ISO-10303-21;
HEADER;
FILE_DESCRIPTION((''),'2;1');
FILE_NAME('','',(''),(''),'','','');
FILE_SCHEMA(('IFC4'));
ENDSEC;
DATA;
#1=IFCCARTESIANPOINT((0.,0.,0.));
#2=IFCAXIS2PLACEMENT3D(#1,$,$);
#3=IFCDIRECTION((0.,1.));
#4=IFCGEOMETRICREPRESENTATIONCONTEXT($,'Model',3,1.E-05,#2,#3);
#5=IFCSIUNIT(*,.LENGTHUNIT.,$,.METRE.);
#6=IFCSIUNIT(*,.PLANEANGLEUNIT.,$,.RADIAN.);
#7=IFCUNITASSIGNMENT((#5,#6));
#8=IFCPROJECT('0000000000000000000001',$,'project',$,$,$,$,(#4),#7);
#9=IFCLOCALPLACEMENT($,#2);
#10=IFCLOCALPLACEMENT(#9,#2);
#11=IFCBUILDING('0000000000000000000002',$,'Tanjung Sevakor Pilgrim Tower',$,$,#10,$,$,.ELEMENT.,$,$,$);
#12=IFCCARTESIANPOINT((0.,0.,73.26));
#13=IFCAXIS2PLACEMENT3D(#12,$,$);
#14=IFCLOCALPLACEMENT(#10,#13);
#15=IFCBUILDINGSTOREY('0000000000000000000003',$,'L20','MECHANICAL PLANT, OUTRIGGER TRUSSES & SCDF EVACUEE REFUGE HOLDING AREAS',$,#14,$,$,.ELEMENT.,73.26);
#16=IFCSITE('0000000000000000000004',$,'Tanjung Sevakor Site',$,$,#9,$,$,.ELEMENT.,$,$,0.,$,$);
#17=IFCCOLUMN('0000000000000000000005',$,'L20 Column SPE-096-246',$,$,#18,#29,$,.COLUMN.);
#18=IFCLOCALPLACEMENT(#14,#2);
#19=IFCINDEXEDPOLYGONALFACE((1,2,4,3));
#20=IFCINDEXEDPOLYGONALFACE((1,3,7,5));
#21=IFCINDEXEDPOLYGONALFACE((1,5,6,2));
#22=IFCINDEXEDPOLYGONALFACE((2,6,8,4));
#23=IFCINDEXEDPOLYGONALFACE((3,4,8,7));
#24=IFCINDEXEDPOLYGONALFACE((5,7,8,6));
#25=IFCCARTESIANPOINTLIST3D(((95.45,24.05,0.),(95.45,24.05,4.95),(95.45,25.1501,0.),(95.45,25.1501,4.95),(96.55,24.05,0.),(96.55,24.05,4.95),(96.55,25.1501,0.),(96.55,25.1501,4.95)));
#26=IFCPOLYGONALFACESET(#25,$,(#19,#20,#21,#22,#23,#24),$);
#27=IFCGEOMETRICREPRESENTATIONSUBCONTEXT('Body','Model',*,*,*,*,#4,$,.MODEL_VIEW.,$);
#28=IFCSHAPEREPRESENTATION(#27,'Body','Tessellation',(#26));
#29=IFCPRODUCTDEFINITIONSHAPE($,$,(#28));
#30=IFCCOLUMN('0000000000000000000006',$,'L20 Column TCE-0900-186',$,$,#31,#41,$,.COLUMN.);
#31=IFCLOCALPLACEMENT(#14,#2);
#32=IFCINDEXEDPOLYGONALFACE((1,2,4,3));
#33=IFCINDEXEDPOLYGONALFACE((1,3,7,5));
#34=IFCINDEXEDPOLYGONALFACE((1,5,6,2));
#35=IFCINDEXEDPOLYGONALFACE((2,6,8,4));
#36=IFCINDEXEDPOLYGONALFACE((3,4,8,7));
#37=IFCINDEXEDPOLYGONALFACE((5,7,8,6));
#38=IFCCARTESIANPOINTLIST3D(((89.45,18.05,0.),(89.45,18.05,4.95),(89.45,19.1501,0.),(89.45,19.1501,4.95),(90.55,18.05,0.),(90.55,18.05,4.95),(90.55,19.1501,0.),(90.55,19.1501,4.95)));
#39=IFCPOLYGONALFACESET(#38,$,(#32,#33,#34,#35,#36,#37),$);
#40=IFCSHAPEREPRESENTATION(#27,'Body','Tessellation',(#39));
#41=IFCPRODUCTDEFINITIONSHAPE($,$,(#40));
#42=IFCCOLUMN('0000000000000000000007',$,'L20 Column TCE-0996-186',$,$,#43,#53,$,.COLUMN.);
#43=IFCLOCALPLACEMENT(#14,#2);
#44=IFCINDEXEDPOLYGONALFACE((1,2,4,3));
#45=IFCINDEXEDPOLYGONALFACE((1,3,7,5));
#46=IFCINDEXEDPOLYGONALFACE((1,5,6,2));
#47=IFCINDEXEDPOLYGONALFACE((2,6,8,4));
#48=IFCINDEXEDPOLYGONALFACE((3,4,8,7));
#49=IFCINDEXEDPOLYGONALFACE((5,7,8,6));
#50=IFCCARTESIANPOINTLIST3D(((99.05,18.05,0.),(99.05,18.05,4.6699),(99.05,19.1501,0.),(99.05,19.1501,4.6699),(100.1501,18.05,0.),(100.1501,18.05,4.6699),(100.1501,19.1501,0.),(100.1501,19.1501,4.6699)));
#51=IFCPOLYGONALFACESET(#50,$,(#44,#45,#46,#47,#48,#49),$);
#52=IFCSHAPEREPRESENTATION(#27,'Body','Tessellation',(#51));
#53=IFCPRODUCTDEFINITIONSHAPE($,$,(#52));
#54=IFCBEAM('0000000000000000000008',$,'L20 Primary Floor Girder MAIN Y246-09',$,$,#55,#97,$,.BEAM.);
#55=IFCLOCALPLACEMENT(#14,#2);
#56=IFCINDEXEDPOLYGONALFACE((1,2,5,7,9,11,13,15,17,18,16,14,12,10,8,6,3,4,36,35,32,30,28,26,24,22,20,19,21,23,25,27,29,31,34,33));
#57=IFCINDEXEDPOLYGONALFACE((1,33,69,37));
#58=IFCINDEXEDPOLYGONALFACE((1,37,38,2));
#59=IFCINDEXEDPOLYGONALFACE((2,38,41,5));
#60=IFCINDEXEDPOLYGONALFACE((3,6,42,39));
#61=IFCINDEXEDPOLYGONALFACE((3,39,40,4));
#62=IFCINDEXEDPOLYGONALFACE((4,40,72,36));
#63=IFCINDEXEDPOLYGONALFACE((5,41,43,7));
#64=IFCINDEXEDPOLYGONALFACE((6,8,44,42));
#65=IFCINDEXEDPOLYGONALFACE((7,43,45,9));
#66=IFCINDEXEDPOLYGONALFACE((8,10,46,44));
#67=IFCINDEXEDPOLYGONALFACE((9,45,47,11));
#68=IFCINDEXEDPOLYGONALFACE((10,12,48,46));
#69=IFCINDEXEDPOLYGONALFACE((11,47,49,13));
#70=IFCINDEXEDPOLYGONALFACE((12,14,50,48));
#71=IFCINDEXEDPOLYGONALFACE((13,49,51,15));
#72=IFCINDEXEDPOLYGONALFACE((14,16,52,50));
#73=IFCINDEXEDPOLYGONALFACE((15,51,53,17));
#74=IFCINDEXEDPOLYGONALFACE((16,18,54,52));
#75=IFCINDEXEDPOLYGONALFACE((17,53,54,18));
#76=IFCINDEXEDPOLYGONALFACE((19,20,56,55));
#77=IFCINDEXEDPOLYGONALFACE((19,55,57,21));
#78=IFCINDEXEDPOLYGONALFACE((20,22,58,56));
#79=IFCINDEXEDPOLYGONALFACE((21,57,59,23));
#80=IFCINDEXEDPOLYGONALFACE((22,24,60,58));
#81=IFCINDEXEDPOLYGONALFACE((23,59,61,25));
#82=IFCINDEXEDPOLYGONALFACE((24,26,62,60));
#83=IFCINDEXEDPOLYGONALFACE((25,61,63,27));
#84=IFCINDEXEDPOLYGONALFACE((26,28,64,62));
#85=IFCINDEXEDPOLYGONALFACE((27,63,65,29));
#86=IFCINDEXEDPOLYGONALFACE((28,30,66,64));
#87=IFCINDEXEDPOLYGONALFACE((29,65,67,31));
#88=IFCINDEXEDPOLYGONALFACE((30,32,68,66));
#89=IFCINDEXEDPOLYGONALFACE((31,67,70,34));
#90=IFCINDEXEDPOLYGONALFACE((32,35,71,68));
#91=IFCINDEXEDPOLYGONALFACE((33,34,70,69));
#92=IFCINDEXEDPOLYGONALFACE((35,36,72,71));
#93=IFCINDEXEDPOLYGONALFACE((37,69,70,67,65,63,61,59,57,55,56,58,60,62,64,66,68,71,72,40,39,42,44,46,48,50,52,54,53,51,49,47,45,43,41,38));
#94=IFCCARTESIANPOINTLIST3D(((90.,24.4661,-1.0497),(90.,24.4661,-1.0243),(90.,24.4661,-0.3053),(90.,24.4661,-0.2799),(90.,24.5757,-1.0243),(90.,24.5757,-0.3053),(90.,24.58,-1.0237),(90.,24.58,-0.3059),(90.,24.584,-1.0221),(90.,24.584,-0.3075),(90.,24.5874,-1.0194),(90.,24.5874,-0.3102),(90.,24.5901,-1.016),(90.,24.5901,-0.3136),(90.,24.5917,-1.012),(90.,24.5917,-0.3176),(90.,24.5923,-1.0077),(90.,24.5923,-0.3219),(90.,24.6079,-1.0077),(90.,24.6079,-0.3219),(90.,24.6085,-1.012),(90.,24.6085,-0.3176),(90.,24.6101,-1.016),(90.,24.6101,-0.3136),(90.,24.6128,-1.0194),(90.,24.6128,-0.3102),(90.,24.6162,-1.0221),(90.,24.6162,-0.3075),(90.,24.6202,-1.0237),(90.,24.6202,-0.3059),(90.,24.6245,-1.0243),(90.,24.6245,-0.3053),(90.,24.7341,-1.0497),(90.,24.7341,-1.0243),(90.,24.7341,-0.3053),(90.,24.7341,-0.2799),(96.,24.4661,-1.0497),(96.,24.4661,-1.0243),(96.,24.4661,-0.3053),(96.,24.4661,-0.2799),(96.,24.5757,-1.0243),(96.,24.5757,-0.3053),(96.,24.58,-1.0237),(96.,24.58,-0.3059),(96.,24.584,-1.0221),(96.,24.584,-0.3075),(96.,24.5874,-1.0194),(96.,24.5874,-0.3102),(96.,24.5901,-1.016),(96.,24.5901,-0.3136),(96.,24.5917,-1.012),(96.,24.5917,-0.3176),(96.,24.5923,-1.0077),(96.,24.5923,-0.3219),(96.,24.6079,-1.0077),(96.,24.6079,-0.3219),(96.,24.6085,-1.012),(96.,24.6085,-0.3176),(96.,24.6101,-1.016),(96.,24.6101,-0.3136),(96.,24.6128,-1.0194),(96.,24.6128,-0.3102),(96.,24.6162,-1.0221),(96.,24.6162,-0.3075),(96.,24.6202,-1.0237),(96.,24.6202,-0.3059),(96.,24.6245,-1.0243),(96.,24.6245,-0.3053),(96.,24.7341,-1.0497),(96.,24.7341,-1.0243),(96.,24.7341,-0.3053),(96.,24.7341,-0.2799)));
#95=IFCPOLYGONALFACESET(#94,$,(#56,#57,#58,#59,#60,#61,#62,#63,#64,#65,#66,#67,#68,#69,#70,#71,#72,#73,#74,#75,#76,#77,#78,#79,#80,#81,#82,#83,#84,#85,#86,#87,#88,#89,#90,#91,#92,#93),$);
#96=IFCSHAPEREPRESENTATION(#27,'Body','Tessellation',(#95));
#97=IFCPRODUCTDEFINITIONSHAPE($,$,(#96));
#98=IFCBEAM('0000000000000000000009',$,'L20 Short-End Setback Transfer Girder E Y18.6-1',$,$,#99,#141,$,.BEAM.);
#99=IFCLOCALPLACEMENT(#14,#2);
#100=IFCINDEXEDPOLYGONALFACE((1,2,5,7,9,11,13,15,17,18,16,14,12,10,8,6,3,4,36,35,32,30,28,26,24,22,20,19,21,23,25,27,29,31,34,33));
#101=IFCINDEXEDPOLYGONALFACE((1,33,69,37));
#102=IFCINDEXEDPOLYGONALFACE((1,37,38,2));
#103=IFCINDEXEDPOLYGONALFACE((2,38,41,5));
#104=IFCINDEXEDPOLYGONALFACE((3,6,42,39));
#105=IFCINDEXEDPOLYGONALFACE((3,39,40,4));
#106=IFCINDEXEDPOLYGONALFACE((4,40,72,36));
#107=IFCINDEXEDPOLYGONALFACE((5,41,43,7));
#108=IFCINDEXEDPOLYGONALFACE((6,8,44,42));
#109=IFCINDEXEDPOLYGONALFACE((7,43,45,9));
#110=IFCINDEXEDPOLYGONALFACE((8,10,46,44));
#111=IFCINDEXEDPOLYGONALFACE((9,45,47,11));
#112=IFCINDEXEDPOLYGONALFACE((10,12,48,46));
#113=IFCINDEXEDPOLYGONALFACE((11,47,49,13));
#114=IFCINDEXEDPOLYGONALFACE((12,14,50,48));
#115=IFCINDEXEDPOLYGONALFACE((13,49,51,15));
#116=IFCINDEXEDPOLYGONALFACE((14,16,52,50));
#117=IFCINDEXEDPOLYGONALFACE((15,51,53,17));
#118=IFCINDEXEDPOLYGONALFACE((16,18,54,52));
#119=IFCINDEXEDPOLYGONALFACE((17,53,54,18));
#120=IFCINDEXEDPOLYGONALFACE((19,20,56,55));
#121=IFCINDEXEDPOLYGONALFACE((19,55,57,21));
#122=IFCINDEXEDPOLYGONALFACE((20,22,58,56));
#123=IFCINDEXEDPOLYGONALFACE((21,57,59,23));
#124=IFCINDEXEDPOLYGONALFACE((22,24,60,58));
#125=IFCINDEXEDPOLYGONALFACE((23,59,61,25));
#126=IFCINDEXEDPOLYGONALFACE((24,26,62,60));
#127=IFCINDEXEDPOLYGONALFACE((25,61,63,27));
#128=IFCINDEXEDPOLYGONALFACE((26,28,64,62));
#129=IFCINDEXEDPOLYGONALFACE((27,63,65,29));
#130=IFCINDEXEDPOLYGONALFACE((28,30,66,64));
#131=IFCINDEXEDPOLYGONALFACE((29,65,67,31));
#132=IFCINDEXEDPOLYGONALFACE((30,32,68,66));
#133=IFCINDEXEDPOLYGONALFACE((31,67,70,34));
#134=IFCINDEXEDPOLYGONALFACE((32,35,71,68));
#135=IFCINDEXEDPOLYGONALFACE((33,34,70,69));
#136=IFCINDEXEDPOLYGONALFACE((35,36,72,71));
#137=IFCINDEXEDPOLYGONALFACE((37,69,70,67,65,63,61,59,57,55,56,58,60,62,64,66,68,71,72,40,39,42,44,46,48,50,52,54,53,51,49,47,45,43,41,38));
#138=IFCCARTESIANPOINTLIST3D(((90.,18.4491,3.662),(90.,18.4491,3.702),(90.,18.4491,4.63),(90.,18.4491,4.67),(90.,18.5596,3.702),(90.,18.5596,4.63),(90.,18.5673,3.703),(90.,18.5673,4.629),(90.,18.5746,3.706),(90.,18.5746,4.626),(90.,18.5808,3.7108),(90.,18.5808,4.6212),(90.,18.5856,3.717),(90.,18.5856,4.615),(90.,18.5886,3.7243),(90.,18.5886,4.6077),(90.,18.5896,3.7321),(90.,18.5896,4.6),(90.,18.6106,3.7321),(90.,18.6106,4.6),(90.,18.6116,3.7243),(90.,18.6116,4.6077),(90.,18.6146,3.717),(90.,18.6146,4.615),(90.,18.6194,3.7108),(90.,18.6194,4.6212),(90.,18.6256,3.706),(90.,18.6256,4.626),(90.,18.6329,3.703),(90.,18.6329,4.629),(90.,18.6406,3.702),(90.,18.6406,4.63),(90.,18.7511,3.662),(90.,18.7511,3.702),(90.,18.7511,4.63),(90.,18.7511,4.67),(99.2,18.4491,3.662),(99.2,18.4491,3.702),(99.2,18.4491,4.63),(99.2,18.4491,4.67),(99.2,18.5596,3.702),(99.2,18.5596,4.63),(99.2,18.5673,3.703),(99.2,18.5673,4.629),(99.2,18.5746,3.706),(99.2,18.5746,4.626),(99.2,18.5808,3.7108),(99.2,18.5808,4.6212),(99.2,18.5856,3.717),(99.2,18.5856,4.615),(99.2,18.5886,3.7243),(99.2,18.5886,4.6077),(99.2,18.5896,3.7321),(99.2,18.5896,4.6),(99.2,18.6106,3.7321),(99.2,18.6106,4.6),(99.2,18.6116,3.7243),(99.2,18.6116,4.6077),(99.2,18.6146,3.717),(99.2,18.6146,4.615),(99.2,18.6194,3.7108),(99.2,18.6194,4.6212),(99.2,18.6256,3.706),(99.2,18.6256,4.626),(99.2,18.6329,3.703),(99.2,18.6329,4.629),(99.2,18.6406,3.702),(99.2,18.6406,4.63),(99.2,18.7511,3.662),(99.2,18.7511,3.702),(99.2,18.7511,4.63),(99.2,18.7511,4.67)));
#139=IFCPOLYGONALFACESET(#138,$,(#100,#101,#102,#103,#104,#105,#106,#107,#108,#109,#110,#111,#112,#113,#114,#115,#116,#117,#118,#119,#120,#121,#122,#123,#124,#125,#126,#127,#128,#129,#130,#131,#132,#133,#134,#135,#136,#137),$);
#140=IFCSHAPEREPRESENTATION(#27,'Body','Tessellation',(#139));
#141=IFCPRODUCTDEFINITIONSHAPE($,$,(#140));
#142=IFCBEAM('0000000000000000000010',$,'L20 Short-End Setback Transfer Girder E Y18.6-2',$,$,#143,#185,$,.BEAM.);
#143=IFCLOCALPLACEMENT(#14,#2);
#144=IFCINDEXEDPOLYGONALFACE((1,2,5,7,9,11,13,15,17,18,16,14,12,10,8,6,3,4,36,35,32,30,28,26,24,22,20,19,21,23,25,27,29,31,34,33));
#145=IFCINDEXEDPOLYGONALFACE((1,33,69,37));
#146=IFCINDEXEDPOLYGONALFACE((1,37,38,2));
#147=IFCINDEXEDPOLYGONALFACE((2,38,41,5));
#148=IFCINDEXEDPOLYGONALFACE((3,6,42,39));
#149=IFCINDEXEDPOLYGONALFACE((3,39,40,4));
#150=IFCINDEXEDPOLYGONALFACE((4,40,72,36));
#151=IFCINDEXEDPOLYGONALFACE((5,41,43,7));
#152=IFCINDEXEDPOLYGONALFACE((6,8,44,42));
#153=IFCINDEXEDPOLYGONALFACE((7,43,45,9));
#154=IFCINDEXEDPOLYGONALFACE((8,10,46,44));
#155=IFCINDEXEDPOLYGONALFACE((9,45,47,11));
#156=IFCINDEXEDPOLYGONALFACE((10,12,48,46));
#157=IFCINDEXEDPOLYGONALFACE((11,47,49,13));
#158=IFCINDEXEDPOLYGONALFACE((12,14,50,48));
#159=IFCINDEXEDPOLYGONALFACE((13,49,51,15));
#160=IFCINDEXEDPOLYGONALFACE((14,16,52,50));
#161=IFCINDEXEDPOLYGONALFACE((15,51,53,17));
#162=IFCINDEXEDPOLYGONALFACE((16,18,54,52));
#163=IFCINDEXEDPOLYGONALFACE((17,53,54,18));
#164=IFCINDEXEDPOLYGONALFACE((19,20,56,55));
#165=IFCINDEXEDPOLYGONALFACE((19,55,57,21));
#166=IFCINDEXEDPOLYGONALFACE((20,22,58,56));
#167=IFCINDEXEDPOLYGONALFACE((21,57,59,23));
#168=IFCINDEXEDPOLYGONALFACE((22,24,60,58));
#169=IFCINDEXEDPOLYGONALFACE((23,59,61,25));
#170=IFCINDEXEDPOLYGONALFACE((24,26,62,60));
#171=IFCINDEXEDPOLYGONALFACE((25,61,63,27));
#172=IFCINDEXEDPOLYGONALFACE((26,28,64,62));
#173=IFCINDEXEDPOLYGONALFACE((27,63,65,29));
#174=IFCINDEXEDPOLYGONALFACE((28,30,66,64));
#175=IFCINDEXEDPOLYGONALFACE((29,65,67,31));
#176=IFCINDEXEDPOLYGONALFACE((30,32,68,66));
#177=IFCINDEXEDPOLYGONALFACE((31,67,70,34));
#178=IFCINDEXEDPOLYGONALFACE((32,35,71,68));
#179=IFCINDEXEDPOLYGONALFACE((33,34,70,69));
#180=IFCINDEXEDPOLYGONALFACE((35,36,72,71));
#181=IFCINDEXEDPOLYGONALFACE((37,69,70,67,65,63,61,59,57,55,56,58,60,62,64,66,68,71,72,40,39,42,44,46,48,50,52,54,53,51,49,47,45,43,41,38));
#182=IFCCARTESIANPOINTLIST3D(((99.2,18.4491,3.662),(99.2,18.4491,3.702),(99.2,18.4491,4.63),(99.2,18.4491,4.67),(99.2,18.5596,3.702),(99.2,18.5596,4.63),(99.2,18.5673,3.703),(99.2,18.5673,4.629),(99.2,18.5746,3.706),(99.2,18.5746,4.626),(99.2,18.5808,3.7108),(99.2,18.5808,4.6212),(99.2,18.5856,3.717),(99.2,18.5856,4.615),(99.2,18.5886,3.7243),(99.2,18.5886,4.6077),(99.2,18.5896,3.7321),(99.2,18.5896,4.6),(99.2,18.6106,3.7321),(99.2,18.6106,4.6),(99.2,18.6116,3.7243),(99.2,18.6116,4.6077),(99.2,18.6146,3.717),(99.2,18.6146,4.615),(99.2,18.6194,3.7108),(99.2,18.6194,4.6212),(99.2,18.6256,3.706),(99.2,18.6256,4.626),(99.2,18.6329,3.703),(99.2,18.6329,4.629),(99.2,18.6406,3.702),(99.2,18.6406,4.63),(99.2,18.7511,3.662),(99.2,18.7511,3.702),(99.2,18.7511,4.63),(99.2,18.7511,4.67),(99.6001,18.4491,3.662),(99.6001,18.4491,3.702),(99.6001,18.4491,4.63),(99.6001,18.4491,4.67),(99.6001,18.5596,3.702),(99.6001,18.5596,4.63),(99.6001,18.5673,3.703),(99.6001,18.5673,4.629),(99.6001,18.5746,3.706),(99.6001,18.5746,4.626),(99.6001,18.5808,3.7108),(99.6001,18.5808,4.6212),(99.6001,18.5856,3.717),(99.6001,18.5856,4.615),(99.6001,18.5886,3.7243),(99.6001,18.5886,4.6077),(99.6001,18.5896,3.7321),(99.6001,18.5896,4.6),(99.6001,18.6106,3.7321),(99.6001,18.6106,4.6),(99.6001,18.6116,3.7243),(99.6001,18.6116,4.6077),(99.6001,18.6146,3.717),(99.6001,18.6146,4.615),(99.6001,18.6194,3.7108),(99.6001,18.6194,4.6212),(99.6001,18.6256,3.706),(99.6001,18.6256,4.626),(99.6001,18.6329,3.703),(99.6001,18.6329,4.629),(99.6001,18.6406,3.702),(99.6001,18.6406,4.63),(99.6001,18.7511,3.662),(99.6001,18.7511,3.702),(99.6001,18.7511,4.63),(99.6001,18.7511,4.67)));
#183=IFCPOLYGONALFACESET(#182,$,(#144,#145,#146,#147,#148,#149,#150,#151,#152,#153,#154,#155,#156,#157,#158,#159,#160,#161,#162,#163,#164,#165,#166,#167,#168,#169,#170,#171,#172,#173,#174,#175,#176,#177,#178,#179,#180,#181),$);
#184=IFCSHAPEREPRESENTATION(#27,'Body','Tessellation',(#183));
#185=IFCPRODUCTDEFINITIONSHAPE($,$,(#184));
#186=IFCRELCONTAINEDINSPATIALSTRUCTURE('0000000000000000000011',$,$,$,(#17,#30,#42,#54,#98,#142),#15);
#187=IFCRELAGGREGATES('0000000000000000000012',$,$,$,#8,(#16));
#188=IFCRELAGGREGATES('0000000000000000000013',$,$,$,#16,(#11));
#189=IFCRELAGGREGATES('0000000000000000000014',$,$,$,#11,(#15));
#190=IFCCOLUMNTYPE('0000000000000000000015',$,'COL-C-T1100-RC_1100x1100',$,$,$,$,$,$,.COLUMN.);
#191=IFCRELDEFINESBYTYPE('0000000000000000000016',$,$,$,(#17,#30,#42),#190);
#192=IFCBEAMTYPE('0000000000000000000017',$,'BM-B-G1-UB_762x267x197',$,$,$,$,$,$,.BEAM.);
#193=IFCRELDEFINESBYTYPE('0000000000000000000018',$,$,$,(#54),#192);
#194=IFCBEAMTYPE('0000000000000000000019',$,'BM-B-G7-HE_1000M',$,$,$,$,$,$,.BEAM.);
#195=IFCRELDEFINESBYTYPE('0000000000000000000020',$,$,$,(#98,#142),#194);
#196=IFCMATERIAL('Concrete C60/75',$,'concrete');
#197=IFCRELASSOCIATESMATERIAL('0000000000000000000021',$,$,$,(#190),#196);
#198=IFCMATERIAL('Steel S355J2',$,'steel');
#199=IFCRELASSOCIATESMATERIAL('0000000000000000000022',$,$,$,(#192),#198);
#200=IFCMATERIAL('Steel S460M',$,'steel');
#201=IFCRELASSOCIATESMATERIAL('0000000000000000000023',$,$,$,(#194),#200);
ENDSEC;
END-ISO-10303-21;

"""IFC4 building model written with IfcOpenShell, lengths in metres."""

from ifc_helpers import new_model, si_unit, direction, frame, origin, origin_2d, place, context, subcontext, project, spatial, rectangle, i_section, extrude, material, material_profile, profile_set, type_object, element, save


model = new_model("IFC4")

# Units and contexts
model_context = context("Model", 3, precision=1e-05, world=origin(), true_north=direction((0.0, 1.0)))
body_context = subcontext(model_context, "Body", "Model", "MODEL_VIEW")
ifc_project = project(units=[si_unit("LENGTHUNIT", "METRE"), si_unit("PLANEANGLEUNIT", "RADIAN")], contexts=[model_context])

# Site, building, storey
site_placement = place(None, origin())
site = spatial("IfcSite", under=ifc_project, at=site_placement, Name="Tanjung Sevakor Site", CompositionType="ELEMENT", RefElevation=0.0)
building_placement = place(site_placement, origin())
building = spatial("IfcBuilding", under=site, at=building_placement, Name="Tanjung Sevakor Pilgrim Tower", CompositionType="ELEMENT")
storey_placement = place(building_placement, frame((0.0, 0.0, 73.26)))
storey = spatial("IfcBuildingStorey", under=building, at=storey_placement, Name="L20", Description="MECHANICAL PLANT, OUTRIGGER TRUSSES & SCDF EVACUEE REFUGE HOLDING AREAS", CompositionType="ELEMENT", Elevation=73.26)

# Columns
ifc_material_1 = material(Name="Concrete C60/75", Category="concrete")
ifc_material_profile_1 = material_profile(ifc_material_1, rectangle(XDim=1.1001, YDim=1.1001, at=origin_2d()))
ifc_profile_set_1 = profile_set([ifc_material_profile_1], Name="Concrete C60/75")
column_type = type_object("IfcColumnType", Name="COL-C-T1100-RC_1100x1100", PredefinedType="COLUMN", material=ifc_profile_set_1)
for number, where, z_axis, x_axis, name in (
    (1, (96.0, 24.6001, 0.0), (0.0, 0.0, 1.0), (1.0, 0.0, 0.0), "L20 Column SPE-096-246"),
    (2, (90.0, 18.6001, 0.0), (0.0, 0.0, 1.0), (1.0, 0.0, 0.0), "L20 Column TCE-0900-186"),
):
    element("IfcColumn", number, at=place(storey_placement, frame(where, z_axis=z_axis, x_axis=x_axis)), inside=storey, type_object=column_type, Name=name, PredefinedType="COLUMN", context=body_context, shape_type="SweptSolid", body=[
        extrude(rectangle(XDim=1.1001, YDim=1.1001, at=origin_2d()), origin(), (0.0, 0.0, 1.0), 4.95),
    ])
column_placement = place(storey_placement, frame((99.6001, 18.6001, 0.0), z_axis=(0.0, 0.0, 1.0), x_axis=(1.0, 0.0, 0.0)))
element("IfcColumn", 3, at=column_placement, inside=storey, type_object=column_type, Name="L20 Column TCE-0996-186", PredefinedType="COLUMN", context=body_context, shape_type="SweptSolid", body=[
    extrude(rectangle(XDim=1.1001, YDim=1.1001, at=origin_2d()), origin(), (0.0, 0.0, 1.0), 4.6699),
])

# Beams
ifc_material_2 = material(Name="Steel S355J2", Category="steel")
ifc_material_profile_2 = material_profile(ifc_material_2, i_section(OverallWidth=0.2681, OverallDepth=0.7698, WebThickness=0.0156, FlangeThickness=0.0254, FilletRadius=0.0166, at=origin_2d()))
ifc_profile_set_2 = profile_set([ifc_material_profile_2], Name="Steel S355J2")
beam_type_1 = type_object("IfcBeamType", Name="BM-B-G1-UB_762x267x197", PredefinedType="BEAM", material=ifc_profile_set_2)
beam_1_placement = place(storey_placement, frame((90.0, 24.6001, -0.6648), z_axis=(1.0, 0.0, 0.0), x_axis=(0.0, 1.0, 0.0)))
element("IfcBeam", 4, at=beam_1_placement, inside=storey, type_object=beam_type_1, Name="L20 Primary Floor Girder MAIN Y246-09", PredefinedType="BEAM", context=body_context, shape_type="SweptSolid", body=[
    extrude(i_section(OverallWidth=0.2681, OverallDepth=0.7698, WebThickness=0.0156, FlangeThickness=0.0254, FilletRadius=0.0166, at=origin_2d()), origin(), (0.0, 0.0, 1.0), 6.0),
])
ifc_material_3 = material(Name="Steel S460M", Category="steel")
ifc_material_profile_3 = material_profile(ifc_material_3, i_section(OverallWidth=0.302, OverallDepth=1.0081, WebThickness=0.021, FlangeThickness=0.04, FilletRadius=0.03, at=origin_2d()))
ifc_profile_set_3 = profile_set([ifc_material_profile_3], Name="Steel S460M")
beam_type_2 = type_object("IfcBeamType", Name="BM-B-G7-HE_1000M", PredefinedType="BEAM", material=ifc_profile_set_3)
beam_2_placement = place(storey_placement, frame((90.0, 18.6001, 4.166), z_axis=(1.0, 0.0, 0.0), x_axis=(0.0, 1.0, 0.0)))
element("IfcBeam", 5, at=beam_2_placement, inside=storey, type_object=beam_type_2, Name="L20 Short-End Setback Transfer Girder E Y18.6-1", PredefinedType="BEAM", context=body_context, shape_type="SweptSolid", body=[
    extrude(i_section(OverallWidth=0.302, OverallDepth=1.0081, WebThickness=0.021, FlangeThickness=0.04, FilletRadius=0.03, at=origin_2d()), origin(), (0.0, 0.0, 1.0), 9.2),
])
beam_3_placement = place(storey_placement, frame((99.2, 18.6001, 4.166), z_axis=(1.0, 0.0, 0.0), x_axis=(0.0, 1.0, 0.0)))
element("IfcBeam", 6, at=beam_3_placement, inside=storey, type_object=beam_type_2, Name="L20 Short-End Setback Transfer Girder E Y18.6-2", PredefinedType="BEAM", context=body_context, shape_type="SweptSolid", body=[
    extrude(i_section(OverallWidth=0.302, OverallDepth=1.0081, WebThickness=0.021, FlangeThickness=0.04, FilletRadius=0.03, at=origin_2d()), origin(), (0.0, 0.0, 1.0), 0.4001),
])

save(model, "model.ifc")
